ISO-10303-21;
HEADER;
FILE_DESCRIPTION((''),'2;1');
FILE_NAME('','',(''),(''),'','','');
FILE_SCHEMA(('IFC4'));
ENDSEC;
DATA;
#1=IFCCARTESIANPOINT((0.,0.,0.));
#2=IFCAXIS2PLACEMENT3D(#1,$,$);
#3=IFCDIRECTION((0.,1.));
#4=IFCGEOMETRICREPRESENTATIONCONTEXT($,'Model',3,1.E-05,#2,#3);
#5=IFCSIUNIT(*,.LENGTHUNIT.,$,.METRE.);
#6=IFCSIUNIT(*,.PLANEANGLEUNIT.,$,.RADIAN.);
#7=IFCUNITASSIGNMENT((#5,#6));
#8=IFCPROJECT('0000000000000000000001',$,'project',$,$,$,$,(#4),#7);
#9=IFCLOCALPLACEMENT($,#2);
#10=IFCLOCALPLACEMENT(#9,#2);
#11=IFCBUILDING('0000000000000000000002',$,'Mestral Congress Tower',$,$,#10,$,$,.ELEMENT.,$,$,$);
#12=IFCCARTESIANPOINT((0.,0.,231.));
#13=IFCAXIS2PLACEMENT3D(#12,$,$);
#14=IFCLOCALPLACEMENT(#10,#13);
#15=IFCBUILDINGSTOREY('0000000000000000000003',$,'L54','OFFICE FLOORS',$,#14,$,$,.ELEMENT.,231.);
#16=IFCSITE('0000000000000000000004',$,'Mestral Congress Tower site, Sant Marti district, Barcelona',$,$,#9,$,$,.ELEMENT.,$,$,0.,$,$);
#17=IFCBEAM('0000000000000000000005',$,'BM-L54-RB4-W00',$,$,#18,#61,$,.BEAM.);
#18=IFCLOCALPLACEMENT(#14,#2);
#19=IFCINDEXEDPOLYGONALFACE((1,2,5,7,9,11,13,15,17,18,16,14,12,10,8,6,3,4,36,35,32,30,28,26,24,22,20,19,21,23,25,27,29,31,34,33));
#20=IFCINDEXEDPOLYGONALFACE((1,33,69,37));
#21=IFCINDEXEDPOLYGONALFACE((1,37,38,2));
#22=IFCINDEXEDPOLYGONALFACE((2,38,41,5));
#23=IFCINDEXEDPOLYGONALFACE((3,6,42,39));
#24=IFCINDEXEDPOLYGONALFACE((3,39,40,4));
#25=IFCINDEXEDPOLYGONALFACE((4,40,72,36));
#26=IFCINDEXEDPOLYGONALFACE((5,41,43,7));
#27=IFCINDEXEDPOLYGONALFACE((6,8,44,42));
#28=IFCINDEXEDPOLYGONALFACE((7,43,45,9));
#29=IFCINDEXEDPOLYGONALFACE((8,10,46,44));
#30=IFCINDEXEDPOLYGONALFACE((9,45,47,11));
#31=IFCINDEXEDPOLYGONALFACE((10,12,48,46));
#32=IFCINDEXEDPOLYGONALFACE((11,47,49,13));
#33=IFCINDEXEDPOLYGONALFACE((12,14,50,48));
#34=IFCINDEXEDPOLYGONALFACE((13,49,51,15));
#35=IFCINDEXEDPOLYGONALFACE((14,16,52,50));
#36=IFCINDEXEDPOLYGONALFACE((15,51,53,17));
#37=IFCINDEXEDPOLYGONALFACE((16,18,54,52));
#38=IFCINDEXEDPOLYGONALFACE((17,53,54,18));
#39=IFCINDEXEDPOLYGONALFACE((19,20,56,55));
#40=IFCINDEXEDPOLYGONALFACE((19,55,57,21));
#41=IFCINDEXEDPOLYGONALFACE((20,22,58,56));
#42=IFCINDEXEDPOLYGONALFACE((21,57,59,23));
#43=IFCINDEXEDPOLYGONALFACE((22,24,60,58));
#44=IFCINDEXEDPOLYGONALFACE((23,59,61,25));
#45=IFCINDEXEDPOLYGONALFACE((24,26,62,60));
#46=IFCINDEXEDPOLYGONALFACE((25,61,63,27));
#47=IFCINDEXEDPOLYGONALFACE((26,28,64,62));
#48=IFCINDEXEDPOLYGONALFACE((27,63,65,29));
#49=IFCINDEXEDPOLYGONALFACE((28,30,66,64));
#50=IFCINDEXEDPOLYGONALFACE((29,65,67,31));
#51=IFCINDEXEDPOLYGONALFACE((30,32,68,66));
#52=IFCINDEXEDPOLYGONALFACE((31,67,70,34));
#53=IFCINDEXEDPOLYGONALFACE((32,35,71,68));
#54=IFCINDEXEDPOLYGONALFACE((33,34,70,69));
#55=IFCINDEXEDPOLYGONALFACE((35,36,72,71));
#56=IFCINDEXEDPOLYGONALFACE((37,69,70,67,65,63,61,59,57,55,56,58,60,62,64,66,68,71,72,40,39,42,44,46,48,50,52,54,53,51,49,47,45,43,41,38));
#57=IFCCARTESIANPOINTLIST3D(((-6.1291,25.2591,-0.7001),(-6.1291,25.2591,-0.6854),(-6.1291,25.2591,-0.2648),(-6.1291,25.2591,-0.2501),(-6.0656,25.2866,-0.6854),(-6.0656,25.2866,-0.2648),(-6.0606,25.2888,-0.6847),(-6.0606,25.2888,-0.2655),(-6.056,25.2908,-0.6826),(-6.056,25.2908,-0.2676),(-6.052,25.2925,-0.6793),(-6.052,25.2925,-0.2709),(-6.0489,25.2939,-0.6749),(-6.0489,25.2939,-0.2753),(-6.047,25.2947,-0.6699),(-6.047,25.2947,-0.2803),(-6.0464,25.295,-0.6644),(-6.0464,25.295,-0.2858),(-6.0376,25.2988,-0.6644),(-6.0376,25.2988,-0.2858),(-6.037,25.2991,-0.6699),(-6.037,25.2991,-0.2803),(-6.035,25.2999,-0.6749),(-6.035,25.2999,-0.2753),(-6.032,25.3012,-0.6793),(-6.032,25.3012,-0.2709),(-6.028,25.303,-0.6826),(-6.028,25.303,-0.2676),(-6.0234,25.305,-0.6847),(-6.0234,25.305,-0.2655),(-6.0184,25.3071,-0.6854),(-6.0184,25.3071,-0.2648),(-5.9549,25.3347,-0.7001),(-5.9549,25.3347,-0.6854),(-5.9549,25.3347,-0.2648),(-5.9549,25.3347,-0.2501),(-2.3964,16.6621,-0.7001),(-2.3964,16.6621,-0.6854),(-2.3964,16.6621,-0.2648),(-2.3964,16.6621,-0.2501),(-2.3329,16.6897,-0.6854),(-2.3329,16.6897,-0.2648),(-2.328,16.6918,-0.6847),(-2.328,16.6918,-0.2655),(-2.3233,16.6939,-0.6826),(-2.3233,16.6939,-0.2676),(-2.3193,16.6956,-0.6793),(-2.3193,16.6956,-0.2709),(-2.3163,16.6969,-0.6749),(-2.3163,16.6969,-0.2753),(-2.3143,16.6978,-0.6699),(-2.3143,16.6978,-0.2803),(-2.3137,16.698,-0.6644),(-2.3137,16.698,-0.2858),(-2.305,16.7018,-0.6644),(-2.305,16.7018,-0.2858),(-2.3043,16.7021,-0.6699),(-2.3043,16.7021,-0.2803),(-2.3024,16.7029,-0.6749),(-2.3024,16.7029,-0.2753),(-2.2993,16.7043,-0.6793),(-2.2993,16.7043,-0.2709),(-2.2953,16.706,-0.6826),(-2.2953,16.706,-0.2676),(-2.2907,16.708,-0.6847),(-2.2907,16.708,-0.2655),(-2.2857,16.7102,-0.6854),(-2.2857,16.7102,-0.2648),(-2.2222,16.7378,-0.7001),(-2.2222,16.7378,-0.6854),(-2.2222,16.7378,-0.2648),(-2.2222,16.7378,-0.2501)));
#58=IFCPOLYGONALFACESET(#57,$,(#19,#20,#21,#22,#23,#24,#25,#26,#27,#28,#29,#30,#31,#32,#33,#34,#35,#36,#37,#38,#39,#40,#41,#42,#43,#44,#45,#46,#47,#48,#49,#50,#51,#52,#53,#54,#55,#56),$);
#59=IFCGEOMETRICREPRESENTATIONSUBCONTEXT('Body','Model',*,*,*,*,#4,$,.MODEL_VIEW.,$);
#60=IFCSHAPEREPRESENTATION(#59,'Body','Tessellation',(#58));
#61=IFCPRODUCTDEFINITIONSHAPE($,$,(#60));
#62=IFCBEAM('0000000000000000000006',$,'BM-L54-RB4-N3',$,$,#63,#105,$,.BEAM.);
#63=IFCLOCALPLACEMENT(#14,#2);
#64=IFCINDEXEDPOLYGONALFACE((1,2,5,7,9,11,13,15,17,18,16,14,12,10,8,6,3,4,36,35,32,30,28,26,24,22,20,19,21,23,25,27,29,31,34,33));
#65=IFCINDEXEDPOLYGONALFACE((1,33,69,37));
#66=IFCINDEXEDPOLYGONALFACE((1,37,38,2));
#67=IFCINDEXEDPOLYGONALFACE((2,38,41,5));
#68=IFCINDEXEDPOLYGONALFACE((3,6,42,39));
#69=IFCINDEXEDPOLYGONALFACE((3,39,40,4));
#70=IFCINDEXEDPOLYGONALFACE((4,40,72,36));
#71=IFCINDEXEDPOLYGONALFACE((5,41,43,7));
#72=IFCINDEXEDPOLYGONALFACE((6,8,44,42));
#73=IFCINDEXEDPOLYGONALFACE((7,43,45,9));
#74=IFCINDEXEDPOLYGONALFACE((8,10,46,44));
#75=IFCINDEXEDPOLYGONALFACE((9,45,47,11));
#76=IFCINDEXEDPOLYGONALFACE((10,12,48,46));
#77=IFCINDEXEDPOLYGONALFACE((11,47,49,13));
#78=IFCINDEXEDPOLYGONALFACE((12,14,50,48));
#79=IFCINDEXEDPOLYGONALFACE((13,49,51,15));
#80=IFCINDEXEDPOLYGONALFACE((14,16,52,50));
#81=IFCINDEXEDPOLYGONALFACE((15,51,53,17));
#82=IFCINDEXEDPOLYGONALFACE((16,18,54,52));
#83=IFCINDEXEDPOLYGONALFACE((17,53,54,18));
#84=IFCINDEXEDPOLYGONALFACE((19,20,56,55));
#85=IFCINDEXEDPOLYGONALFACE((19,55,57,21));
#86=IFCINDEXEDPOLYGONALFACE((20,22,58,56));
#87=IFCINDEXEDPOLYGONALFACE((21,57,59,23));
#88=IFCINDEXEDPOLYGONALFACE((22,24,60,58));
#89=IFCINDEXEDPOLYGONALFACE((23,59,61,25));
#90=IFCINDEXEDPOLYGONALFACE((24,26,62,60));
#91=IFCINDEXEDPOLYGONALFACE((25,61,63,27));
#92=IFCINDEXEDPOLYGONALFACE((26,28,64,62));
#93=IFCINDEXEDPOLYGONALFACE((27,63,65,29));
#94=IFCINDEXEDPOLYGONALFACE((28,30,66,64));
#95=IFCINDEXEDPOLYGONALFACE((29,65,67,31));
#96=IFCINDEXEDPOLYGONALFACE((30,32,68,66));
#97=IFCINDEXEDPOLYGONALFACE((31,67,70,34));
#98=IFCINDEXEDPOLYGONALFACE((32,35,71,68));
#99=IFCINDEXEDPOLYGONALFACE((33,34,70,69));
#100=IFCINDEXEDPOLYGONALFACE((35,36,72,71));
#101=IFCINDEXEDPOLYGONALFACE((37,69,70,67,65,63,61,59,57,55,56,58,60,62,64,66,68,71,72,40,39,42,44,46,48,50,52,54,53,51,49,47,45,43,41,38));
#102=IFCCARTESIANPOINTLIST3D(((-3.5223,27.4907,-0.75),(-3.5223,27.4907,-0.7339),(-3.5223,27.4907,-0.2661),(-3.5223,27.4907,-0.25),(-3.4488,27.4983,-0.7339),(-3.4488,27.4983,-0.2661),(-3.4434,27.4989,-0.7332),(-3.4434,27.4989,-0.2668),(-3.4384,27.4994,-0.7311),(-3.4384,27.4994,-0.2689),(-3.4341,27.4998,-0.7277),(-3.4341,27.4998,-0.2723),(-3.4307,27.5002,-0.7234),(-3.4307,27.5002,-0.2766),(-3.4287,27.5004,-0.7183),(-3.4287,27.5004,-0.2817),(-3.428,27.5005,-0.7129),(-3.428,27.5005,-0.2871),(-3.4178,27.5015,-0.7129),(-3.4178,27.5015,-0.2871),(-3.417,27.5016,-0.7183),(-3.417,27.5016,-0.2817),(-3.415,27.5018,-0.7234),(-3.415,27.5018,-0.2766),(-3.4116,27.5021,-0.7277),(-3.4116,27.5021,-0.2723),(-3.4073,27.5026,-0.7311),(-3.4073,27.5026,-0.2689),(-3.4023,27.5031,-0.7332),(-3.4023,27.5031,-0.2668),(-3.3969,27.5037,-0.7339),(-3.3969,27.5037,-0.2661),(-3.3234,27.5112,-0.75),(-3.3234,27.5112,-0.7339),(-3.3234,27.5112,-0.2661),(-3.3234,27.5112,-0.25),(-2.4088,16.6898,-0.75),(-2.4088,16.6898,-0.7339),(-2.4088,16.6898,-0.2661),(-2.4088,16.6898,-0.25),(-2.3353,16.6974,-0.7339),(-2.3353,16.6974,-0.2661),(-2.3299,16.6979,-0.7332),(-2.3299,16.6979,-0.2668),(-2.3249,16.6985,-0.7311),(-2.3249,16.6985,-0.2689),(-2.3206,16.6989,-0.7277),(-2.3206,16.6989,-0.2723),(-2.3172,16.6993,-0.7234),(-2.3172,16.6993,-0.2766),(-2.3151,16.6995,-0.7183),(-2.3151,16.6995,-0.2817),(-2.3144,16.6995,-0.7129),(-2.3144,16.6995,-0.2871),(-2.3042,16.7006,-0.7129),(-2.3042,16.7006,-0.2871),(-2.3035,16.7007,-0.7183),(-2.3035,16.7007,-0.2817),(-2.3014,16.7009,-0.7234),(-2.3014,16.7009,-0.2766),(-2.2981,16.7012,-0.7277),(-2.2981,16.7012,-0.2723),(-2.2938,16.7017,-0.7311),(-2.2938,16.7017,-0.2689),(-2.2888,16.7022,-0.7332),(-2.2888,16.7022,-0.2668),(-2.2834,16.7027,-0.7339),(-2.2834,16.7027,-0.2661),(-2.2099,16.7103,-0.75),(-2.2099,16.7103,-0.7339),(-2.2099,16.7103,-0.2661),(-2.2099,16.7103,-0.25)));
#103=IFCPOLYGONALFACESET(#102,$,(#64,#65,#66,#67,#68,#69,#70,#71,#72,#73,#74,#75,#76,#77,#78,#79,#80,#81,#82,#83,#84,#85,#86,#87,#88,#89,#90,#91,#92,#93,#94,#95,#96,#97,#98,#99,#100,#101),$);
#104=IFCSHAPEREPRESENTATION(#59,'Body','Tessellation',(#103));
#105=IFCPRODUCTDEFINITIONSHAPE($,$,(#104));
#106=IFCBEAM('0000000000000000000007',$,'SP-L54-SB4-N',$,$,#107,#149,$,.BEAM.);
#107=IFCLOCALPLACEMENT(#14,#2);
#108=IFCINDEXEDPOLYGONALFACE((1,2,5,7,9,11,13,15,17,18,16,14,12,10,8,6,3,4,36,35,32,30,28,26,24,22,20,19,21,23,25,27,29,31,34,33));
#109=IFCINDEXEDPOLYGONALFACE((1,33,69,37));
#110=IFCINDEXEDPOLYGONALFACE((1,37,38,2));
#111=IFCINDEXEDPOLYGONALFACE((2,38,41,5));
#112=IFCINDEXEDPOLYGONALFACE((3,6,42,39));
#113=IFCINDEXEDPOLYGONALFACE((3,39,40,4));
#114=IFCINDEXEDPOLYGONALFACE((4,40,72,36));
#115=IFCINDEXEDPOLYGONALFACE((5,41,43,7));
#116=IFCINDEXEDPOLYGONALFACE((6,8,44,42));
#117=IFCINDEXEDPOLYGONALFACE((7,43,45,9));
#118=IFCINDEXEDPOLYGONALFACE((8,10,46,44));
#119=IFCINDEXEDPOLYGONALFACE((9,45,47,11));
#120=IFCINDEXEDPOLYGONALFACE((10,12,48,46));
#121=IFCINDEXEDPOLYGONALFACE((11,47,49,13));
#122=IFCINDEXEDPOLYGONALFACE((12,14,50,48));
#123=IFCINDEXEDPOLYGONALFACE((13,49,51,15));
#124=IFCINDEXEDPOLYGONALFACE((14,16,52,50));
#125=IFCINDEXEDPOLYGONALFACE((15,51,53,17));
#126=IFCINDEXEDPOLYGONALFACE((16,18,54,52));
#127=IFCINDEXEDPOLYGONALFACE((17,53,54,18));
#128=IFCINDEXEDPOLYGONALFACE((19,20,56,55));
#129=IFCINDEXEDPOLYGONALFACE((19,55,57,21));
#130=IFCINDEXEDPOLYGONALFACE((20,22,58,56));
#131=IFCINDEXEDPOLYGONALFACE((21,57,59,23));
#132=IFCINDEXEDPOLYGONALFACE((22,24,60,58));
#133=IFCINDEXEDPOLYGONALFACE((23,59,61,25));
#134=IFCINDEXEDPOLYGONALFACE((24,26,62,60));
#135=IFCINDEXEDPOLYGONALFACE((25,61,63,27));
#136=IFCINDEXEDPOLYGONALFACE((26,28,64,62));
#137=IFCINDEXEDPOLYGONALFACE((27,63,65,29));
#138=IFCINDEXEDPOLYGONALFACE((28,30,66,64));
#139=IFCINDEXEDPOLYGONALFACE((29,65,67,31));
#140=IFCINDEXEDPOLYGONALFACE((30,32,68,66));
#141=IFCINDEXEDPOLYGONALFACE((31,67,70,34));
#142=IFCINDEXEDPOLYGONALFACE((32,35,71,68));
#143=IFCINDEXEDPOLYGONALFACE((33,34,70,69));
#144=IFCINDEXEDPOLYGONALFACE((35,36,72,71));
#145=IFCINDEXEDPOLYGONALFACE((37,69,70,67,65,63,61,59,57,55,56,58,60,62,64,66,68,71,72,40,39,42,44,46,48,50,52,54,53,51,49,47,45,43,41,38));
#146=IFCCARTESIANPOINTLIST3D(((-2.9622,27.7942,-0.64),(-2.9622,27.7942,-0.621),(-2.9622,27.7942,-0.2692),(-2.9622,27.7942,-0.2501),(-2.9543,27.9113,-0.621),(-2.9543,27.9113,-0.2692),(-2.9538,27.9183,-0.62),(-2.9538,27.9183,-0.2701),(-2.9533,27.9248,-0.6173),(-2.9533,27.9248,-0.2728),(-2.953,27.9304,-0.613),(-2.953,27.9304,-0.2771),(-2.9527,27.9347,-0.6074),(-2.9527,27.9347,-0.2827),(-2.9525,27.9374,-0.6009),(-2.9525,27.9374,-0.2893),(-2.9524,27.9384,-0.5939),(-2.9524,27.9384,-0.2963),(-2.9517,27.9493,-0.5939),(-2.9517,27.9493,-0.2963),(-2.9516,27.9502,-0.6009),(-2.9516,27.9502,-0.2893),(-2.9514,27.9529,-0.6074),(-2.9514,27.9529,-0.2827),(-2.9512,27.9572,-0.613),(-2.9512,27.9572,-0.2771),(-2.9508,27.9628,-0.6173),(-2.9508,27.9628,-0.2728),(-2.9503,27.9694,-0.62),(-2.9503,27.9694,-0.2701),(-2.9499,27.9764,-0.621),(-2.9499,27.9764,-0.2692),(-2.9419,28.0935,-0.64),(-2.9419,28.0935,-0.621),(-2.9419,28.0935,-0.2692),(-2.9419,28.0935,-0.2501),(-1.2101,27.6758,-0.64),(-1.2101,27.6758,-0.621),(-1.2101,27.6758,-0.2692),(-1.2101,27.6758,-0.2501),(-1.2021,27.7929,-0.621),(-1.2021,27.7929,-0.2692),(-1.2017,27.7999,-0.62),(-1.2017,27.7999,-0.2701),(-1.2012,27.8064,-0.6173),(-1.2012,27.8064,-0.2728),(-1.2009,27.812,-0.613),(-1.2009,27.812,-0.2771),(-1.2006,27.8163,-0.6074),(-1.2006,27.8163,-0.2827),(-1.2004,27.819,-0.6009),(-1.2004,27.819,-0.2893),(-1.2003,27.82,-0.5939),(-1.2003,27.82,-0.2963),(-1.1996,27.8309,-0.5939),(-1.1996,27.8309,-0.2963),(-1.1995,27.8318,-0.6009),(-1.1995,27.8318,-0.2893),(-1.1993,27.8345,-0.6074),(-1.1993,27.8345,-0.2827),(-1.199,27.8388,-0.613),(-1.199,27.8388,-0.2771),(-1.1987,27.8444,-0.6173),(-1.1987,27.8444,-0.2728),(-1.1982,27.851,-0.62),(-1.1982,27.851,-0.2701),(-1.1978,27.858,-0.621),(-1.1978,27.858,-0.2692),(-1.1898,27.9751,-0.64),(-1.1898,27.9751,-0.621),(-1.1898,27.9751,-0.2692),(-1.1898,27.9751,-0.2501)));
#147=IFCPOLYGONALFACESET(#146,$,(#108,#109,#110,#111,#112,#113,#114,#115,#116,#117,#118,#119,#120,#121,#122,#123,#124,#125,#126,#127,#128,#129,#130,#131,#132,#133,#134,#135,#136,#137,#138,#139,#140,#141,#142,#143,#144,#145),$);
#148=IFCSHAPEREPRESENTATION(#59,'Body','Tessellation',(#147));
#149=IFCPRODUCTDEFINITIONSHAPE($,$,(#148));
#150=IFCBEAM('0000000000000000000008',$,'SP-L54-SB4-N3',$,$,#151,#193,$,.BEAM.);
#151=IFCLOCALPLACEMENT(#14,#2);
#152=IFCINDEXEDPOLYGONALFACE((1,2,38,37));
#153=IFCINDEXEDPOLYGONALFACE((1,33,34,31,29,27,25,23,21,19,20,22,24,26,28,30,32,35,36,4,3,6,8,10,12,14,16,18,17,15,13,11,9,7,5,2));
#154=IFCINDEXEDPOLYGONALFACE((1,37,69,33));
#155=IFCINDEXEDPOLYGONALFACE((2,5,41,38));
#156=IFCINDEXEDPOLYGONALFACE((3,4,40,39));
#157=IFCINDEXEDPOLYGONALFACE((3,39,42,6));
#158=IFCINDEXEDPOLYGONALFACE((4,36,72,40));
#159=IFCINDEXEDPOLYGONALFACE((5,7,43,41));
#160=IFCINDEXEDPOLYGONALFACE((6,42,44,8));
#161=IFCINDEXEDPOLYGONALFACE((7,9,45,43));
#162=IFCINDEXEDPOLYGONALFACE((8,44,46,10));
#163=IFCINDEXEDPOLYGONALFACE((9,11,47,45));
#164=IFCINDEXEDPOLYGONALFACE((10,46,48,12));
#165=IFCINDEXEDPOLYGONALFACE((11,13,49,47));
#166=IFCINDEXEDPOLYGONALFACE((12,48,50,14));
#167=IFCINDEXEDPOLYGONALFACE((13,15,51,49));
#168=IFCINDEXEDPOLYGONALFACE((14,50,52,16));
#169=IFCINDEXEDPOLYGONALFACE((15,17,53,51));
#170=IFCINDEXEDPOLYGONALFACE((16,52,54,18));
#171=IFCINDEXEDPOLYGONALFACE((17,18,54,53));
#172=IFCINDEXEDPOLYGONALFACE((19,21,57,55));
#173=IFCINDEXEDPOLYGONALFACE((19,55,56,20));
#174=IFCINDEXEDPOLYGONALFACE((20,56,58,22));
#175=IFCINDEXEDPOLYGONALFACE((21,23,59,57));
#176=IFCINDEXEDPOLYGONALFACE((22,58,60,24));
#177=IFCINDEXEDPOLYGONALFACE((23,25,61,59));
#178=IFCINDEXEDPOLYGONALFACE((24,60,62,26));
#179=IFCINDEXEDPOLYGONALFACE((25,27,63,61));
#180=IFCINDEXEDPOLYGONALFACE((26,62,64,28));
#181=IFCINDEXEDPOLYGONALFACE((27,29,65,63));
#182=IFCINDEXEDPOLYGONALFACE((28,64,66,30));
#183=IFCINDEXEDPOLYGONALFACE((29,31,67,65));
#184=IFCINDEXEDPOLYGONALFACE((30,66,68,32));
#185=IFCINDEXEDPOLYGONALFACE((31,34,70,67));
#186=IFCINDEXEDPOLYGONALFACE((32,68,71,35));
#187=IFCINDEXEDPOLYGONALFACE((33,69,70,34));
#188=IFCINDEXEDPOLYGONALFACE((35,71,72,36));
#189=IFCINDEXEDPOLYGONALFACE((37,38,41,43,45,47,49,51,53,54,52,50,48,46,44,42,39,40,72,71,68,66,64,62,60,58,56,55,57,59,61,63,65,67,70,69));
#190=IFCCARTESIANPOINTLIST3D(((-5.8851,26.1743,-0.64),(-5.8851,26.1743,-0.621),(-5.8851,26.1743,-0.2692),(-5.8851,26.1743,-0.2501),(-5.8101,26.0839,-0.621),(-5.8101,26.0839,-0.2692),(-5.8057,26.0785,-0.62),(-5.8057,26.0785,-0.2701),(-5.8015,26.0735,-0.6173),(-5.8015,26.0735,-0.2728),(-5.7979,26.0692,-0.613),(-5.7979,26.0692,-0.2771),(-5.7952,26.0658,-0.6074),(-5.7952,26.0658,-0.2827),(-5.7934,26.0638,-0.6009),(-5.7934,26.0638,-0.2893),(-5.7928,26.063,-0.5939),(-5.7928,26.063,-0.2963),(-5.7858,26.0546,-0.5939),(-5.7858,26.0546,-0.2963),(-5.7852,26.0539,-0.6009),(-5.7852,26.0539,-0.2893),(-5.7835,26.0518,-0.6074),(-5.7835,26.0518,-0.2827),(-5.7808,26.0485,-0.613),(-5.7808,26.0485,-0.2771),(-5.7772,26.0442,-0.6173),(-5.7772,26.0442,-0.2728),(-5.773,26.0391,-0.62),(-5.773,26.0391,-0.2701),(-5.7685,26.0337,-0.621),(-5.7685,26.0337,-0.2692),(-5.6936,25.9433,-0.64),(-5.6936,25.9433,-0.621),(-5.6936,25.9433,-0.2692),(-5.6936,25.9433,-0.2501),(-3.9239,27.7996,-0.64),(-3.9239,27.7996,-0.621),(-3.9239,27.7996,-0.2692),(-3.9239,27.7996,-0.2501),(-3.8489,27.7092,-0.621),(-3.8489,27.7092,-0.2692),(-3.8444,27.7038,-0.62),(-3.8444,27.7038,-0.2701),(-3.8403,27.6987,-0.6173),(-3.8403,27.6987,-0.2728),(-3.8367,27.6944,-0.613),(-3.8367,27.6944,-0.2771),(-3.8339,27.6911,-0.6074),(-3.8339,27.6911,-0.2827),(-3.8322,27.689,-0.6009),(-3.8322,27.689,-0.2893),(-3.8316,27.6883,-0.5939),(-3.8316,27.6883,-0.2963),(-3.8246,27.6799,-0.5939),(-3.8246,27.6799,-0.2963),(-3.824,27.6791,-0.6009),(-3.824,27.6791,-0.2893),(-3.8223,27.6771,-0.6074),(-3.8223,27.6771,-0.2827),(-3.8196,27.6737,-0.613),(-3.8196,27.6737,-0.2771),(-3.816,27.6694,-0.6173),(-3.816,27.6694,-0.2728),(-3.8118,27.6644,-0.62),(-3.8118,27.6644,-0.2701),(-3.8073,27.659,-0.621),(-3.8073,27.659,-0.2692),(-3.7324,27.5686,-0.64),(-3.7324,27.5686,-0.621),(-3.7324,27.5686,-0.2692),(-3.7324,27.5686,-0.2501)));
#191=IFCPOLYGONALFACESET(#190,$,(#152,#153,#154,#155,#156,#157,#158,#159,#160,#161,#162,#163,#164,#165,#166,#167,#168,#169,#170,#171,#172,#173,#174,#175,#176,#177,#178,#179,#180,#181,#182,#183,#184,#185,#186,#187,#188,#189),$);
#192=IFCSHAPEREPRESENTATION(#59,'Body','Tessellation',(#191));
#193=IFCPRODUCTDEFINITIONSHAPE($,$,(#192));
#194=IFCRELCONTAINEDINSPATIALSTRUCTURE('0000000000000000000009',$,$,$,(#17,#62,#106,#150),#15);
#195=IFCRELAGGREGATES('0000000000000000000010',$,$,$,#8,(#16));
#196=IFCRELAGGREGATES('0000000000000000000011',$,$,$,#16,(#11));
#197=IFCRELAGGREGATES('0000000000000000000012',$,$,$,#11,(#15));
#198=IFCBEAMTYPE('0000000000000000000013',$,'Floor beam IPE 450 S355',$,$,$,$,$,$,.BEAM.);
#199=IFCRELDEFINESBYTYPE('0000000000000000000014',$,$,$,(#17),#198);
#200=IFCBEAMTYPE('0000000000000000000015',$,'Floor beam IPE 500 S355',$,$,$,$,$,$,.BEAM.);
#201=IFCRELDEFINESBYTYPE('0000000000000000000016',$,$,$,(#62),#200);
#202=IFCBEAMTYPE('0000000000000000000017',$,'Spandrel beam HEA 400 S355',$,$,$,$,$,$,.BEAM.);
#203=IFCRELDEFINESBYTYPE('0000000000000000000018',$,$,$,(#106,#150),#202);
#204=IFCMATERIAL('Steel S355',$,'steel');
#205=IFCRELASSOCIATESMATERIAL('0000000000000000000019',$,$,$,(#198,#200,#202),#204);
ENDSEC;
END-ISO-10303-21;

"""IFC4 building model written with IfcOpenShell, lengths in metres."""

from ifc_helpers import new_model, si_unit, direction, frame, origin, origin_2d, place, context, subcontext, project, spatial, i_section, extrude, material, material_profile, profile_set, type_object, element, save


model = new_model("IFC4")

# Units and contexts
model_context = context("Model", 3, precision=1e-05, world=origin(), true_north=direction((0.0, 1.0)))
body_context = subcontext(model_context, "Body", "Model", "MODEL_VIEW")
ifc_project = project(units=[si_unit("LENGTHUNIT", "METRE"), si_unit("PLANEANGLEUNIT", "RADIAN")], contexts=[model_context])

# Site, building, storey
site_placement = place(None, origin())
site = spatial("IfcSite", under=ifc_project, at=site_placement, Name="Mestral Congress Tower site, Sant Marti district, Barcelona", CompositionType="ELEMENT", RefElevation=0.0)
building_placement = place(site_placement, origin())
building = spatial("IfcBuilding", under=site, at=building_placement, Name="Mestral Congress Tower", CompositionType="ELEMENT")
storey_placement = place(building_placement, frame((0.0, 0.0, 231.0)))
storey = spatial("IfcBuildingStorey", under=building, at=storey_placement, Name="L54", Description="OFFICE FLOORS", CompositionType="ELEMENT", Elevation=231.0)

# Beams
ifc_material_1 = material(Name="Steel S355", Category="steel")
ifc_material_profile_1 = material_profile(ifc_material_1, i_section(OverallWidth=0.1899, OverallDepth=0.45, WebThickness=0.0095, FlangeThickness=0.0146, FilletRadius=0.021, at=origin_2d()), Name="IPE 450")
ifc_profile_set_1 = profile_set([ifc_material_profile_1], Name="Steel S355")
beam_type_1 = type_object("IfcBeamType", Name="Floor beam IPE 450 S355", PredefinedType="BEAM", material=ifc_profile_set_1)
beam_1_placement = place(storey_placement, frame((-6.042, 25.2969, -0.4751), z_axis=(0.398266, -0.91727, 0.0), x_axis=(0.91727, 0.398266, 0.0)))
element("IfcBeam", 1, at=beam_1_placement, inside=storey, type_object=beam_type_1, Name="BM-L54-RB4-W00", PredefinedType="BEAM", context=body_context, shape_type="SweptSolid", body=[
    extrude(i_section(OverallWidth=0.1899, OverallDepth=0.45, WebThickness=0.0095, FlangeThickness=0.0146, FilletRadius=0.021, at=origin_2d()), origin(), (0.0, 0.0, 1.0), 9.3723),
])
ifc_material_profile_2 = material_profile(ifc_material_1, i_section(OverallWidth=0.2, OverallDepth=0.5, WebThickness=0.0103, FlangeThickness=0.0161, FilletRadius=0.021, at=origin_2d()), Name="IPE 500")
ifc_profile_set_2 = profile_set([ifc_material_profile_2], Name="Steel S355")
beam_type_2 = type_object("IfcBeamType", Name="Floor beam IPE 500 S355", PredefinedType="BEAM", material=ifc_profile_set_2)
beam_2_placement = place(storey_placement, frame((-3.4229, 27.501, -0.5), z_axis=(0.102551, -0.994728, 0.0), x_axis=(0.994728, 0.102551, 0.0)))
element("IfcBeam", 2, at=beam_2_placement, inside=storey, type_object=beam_type_2, Name="BM-L54-RB4-N3", PredefinedType="BEAM", context=body_context, shape_type="SweptSolid", body=[
    extrude(i_section(OverallWidth=0.2, OverallDepth=0.5, WebThickness=0.0103, FlangeThickness=0.0161, FilletRadius=0.021, at=origin_2d()), origin(), (0.0, 0.0, 1.0), 10.8582),
])
ifc_material_profile_3 = material_profile(ifc_material_1, i_section(OverallWidth=0.3, OverallDepth=0.3899, WebThickness=0.011, FlangeThickness=0.019, FilletRadius=0.0271, at=origin_2d()), Name="HEA 400")
ifc_profile_set_3 = profile_set([ifc_material_profile_3], Name="Steel S355")
beam_type_3 = type_object("IfcBeamType", Name="Spandrel beam HEA 400 S355", PredefinedType="BEAM", material=ifc_profile_set_3)
beam_3_placement = place(storey_placement, frame((-1.2, 27.8254, -0.4451), z_axis=(-0.997724, 0.067423, 0.0), x_axis=(-0.067423, -0.997724, 0.0)))
element("IfcBeam", 3, at=beam_3_placement, inside=storey, type_object=beam_type_3, Name="SP-L54-SB4-N", PredefinedType="BEAM", context=body_context, shape_type="SweptSolid", body=[
    extrude(i_section(OverallWidth=0.3, OverallDepth=0.3899, WebThickness=0.011, FlangeThickness=0.019, FilletRadius=0.0271, at=origin_2d()), origin(), (0.0, 0.0, 1.0), 1.7561),
])
beam_4_placement = place(storey_placement, frame((-3.8281, 27.6841, -0.4451), z_axis=(-0.76997, -0.63808, 0.0), x_axis=(0.63808, -0.76997, 0.0)))
element("IfcBeam", 4, at=beam_4_placement, inside=storey, type_object=beam_type_3, Name="SP-L54-SB4-N3", PredefinedType="BEAM", context=body_context, shape_type="SweptSolid", body=[
    extrude(i_section(OverallWidth=0.3, OverallDepth=0.3899, WebThickness=0.011, FlangeThickness=0.019, FilletRadius=0.0271, at=origin_2d()), origin(), (0.0, 0.0, 1.0), 2.5471),
])

save(model, "model.ifc")
